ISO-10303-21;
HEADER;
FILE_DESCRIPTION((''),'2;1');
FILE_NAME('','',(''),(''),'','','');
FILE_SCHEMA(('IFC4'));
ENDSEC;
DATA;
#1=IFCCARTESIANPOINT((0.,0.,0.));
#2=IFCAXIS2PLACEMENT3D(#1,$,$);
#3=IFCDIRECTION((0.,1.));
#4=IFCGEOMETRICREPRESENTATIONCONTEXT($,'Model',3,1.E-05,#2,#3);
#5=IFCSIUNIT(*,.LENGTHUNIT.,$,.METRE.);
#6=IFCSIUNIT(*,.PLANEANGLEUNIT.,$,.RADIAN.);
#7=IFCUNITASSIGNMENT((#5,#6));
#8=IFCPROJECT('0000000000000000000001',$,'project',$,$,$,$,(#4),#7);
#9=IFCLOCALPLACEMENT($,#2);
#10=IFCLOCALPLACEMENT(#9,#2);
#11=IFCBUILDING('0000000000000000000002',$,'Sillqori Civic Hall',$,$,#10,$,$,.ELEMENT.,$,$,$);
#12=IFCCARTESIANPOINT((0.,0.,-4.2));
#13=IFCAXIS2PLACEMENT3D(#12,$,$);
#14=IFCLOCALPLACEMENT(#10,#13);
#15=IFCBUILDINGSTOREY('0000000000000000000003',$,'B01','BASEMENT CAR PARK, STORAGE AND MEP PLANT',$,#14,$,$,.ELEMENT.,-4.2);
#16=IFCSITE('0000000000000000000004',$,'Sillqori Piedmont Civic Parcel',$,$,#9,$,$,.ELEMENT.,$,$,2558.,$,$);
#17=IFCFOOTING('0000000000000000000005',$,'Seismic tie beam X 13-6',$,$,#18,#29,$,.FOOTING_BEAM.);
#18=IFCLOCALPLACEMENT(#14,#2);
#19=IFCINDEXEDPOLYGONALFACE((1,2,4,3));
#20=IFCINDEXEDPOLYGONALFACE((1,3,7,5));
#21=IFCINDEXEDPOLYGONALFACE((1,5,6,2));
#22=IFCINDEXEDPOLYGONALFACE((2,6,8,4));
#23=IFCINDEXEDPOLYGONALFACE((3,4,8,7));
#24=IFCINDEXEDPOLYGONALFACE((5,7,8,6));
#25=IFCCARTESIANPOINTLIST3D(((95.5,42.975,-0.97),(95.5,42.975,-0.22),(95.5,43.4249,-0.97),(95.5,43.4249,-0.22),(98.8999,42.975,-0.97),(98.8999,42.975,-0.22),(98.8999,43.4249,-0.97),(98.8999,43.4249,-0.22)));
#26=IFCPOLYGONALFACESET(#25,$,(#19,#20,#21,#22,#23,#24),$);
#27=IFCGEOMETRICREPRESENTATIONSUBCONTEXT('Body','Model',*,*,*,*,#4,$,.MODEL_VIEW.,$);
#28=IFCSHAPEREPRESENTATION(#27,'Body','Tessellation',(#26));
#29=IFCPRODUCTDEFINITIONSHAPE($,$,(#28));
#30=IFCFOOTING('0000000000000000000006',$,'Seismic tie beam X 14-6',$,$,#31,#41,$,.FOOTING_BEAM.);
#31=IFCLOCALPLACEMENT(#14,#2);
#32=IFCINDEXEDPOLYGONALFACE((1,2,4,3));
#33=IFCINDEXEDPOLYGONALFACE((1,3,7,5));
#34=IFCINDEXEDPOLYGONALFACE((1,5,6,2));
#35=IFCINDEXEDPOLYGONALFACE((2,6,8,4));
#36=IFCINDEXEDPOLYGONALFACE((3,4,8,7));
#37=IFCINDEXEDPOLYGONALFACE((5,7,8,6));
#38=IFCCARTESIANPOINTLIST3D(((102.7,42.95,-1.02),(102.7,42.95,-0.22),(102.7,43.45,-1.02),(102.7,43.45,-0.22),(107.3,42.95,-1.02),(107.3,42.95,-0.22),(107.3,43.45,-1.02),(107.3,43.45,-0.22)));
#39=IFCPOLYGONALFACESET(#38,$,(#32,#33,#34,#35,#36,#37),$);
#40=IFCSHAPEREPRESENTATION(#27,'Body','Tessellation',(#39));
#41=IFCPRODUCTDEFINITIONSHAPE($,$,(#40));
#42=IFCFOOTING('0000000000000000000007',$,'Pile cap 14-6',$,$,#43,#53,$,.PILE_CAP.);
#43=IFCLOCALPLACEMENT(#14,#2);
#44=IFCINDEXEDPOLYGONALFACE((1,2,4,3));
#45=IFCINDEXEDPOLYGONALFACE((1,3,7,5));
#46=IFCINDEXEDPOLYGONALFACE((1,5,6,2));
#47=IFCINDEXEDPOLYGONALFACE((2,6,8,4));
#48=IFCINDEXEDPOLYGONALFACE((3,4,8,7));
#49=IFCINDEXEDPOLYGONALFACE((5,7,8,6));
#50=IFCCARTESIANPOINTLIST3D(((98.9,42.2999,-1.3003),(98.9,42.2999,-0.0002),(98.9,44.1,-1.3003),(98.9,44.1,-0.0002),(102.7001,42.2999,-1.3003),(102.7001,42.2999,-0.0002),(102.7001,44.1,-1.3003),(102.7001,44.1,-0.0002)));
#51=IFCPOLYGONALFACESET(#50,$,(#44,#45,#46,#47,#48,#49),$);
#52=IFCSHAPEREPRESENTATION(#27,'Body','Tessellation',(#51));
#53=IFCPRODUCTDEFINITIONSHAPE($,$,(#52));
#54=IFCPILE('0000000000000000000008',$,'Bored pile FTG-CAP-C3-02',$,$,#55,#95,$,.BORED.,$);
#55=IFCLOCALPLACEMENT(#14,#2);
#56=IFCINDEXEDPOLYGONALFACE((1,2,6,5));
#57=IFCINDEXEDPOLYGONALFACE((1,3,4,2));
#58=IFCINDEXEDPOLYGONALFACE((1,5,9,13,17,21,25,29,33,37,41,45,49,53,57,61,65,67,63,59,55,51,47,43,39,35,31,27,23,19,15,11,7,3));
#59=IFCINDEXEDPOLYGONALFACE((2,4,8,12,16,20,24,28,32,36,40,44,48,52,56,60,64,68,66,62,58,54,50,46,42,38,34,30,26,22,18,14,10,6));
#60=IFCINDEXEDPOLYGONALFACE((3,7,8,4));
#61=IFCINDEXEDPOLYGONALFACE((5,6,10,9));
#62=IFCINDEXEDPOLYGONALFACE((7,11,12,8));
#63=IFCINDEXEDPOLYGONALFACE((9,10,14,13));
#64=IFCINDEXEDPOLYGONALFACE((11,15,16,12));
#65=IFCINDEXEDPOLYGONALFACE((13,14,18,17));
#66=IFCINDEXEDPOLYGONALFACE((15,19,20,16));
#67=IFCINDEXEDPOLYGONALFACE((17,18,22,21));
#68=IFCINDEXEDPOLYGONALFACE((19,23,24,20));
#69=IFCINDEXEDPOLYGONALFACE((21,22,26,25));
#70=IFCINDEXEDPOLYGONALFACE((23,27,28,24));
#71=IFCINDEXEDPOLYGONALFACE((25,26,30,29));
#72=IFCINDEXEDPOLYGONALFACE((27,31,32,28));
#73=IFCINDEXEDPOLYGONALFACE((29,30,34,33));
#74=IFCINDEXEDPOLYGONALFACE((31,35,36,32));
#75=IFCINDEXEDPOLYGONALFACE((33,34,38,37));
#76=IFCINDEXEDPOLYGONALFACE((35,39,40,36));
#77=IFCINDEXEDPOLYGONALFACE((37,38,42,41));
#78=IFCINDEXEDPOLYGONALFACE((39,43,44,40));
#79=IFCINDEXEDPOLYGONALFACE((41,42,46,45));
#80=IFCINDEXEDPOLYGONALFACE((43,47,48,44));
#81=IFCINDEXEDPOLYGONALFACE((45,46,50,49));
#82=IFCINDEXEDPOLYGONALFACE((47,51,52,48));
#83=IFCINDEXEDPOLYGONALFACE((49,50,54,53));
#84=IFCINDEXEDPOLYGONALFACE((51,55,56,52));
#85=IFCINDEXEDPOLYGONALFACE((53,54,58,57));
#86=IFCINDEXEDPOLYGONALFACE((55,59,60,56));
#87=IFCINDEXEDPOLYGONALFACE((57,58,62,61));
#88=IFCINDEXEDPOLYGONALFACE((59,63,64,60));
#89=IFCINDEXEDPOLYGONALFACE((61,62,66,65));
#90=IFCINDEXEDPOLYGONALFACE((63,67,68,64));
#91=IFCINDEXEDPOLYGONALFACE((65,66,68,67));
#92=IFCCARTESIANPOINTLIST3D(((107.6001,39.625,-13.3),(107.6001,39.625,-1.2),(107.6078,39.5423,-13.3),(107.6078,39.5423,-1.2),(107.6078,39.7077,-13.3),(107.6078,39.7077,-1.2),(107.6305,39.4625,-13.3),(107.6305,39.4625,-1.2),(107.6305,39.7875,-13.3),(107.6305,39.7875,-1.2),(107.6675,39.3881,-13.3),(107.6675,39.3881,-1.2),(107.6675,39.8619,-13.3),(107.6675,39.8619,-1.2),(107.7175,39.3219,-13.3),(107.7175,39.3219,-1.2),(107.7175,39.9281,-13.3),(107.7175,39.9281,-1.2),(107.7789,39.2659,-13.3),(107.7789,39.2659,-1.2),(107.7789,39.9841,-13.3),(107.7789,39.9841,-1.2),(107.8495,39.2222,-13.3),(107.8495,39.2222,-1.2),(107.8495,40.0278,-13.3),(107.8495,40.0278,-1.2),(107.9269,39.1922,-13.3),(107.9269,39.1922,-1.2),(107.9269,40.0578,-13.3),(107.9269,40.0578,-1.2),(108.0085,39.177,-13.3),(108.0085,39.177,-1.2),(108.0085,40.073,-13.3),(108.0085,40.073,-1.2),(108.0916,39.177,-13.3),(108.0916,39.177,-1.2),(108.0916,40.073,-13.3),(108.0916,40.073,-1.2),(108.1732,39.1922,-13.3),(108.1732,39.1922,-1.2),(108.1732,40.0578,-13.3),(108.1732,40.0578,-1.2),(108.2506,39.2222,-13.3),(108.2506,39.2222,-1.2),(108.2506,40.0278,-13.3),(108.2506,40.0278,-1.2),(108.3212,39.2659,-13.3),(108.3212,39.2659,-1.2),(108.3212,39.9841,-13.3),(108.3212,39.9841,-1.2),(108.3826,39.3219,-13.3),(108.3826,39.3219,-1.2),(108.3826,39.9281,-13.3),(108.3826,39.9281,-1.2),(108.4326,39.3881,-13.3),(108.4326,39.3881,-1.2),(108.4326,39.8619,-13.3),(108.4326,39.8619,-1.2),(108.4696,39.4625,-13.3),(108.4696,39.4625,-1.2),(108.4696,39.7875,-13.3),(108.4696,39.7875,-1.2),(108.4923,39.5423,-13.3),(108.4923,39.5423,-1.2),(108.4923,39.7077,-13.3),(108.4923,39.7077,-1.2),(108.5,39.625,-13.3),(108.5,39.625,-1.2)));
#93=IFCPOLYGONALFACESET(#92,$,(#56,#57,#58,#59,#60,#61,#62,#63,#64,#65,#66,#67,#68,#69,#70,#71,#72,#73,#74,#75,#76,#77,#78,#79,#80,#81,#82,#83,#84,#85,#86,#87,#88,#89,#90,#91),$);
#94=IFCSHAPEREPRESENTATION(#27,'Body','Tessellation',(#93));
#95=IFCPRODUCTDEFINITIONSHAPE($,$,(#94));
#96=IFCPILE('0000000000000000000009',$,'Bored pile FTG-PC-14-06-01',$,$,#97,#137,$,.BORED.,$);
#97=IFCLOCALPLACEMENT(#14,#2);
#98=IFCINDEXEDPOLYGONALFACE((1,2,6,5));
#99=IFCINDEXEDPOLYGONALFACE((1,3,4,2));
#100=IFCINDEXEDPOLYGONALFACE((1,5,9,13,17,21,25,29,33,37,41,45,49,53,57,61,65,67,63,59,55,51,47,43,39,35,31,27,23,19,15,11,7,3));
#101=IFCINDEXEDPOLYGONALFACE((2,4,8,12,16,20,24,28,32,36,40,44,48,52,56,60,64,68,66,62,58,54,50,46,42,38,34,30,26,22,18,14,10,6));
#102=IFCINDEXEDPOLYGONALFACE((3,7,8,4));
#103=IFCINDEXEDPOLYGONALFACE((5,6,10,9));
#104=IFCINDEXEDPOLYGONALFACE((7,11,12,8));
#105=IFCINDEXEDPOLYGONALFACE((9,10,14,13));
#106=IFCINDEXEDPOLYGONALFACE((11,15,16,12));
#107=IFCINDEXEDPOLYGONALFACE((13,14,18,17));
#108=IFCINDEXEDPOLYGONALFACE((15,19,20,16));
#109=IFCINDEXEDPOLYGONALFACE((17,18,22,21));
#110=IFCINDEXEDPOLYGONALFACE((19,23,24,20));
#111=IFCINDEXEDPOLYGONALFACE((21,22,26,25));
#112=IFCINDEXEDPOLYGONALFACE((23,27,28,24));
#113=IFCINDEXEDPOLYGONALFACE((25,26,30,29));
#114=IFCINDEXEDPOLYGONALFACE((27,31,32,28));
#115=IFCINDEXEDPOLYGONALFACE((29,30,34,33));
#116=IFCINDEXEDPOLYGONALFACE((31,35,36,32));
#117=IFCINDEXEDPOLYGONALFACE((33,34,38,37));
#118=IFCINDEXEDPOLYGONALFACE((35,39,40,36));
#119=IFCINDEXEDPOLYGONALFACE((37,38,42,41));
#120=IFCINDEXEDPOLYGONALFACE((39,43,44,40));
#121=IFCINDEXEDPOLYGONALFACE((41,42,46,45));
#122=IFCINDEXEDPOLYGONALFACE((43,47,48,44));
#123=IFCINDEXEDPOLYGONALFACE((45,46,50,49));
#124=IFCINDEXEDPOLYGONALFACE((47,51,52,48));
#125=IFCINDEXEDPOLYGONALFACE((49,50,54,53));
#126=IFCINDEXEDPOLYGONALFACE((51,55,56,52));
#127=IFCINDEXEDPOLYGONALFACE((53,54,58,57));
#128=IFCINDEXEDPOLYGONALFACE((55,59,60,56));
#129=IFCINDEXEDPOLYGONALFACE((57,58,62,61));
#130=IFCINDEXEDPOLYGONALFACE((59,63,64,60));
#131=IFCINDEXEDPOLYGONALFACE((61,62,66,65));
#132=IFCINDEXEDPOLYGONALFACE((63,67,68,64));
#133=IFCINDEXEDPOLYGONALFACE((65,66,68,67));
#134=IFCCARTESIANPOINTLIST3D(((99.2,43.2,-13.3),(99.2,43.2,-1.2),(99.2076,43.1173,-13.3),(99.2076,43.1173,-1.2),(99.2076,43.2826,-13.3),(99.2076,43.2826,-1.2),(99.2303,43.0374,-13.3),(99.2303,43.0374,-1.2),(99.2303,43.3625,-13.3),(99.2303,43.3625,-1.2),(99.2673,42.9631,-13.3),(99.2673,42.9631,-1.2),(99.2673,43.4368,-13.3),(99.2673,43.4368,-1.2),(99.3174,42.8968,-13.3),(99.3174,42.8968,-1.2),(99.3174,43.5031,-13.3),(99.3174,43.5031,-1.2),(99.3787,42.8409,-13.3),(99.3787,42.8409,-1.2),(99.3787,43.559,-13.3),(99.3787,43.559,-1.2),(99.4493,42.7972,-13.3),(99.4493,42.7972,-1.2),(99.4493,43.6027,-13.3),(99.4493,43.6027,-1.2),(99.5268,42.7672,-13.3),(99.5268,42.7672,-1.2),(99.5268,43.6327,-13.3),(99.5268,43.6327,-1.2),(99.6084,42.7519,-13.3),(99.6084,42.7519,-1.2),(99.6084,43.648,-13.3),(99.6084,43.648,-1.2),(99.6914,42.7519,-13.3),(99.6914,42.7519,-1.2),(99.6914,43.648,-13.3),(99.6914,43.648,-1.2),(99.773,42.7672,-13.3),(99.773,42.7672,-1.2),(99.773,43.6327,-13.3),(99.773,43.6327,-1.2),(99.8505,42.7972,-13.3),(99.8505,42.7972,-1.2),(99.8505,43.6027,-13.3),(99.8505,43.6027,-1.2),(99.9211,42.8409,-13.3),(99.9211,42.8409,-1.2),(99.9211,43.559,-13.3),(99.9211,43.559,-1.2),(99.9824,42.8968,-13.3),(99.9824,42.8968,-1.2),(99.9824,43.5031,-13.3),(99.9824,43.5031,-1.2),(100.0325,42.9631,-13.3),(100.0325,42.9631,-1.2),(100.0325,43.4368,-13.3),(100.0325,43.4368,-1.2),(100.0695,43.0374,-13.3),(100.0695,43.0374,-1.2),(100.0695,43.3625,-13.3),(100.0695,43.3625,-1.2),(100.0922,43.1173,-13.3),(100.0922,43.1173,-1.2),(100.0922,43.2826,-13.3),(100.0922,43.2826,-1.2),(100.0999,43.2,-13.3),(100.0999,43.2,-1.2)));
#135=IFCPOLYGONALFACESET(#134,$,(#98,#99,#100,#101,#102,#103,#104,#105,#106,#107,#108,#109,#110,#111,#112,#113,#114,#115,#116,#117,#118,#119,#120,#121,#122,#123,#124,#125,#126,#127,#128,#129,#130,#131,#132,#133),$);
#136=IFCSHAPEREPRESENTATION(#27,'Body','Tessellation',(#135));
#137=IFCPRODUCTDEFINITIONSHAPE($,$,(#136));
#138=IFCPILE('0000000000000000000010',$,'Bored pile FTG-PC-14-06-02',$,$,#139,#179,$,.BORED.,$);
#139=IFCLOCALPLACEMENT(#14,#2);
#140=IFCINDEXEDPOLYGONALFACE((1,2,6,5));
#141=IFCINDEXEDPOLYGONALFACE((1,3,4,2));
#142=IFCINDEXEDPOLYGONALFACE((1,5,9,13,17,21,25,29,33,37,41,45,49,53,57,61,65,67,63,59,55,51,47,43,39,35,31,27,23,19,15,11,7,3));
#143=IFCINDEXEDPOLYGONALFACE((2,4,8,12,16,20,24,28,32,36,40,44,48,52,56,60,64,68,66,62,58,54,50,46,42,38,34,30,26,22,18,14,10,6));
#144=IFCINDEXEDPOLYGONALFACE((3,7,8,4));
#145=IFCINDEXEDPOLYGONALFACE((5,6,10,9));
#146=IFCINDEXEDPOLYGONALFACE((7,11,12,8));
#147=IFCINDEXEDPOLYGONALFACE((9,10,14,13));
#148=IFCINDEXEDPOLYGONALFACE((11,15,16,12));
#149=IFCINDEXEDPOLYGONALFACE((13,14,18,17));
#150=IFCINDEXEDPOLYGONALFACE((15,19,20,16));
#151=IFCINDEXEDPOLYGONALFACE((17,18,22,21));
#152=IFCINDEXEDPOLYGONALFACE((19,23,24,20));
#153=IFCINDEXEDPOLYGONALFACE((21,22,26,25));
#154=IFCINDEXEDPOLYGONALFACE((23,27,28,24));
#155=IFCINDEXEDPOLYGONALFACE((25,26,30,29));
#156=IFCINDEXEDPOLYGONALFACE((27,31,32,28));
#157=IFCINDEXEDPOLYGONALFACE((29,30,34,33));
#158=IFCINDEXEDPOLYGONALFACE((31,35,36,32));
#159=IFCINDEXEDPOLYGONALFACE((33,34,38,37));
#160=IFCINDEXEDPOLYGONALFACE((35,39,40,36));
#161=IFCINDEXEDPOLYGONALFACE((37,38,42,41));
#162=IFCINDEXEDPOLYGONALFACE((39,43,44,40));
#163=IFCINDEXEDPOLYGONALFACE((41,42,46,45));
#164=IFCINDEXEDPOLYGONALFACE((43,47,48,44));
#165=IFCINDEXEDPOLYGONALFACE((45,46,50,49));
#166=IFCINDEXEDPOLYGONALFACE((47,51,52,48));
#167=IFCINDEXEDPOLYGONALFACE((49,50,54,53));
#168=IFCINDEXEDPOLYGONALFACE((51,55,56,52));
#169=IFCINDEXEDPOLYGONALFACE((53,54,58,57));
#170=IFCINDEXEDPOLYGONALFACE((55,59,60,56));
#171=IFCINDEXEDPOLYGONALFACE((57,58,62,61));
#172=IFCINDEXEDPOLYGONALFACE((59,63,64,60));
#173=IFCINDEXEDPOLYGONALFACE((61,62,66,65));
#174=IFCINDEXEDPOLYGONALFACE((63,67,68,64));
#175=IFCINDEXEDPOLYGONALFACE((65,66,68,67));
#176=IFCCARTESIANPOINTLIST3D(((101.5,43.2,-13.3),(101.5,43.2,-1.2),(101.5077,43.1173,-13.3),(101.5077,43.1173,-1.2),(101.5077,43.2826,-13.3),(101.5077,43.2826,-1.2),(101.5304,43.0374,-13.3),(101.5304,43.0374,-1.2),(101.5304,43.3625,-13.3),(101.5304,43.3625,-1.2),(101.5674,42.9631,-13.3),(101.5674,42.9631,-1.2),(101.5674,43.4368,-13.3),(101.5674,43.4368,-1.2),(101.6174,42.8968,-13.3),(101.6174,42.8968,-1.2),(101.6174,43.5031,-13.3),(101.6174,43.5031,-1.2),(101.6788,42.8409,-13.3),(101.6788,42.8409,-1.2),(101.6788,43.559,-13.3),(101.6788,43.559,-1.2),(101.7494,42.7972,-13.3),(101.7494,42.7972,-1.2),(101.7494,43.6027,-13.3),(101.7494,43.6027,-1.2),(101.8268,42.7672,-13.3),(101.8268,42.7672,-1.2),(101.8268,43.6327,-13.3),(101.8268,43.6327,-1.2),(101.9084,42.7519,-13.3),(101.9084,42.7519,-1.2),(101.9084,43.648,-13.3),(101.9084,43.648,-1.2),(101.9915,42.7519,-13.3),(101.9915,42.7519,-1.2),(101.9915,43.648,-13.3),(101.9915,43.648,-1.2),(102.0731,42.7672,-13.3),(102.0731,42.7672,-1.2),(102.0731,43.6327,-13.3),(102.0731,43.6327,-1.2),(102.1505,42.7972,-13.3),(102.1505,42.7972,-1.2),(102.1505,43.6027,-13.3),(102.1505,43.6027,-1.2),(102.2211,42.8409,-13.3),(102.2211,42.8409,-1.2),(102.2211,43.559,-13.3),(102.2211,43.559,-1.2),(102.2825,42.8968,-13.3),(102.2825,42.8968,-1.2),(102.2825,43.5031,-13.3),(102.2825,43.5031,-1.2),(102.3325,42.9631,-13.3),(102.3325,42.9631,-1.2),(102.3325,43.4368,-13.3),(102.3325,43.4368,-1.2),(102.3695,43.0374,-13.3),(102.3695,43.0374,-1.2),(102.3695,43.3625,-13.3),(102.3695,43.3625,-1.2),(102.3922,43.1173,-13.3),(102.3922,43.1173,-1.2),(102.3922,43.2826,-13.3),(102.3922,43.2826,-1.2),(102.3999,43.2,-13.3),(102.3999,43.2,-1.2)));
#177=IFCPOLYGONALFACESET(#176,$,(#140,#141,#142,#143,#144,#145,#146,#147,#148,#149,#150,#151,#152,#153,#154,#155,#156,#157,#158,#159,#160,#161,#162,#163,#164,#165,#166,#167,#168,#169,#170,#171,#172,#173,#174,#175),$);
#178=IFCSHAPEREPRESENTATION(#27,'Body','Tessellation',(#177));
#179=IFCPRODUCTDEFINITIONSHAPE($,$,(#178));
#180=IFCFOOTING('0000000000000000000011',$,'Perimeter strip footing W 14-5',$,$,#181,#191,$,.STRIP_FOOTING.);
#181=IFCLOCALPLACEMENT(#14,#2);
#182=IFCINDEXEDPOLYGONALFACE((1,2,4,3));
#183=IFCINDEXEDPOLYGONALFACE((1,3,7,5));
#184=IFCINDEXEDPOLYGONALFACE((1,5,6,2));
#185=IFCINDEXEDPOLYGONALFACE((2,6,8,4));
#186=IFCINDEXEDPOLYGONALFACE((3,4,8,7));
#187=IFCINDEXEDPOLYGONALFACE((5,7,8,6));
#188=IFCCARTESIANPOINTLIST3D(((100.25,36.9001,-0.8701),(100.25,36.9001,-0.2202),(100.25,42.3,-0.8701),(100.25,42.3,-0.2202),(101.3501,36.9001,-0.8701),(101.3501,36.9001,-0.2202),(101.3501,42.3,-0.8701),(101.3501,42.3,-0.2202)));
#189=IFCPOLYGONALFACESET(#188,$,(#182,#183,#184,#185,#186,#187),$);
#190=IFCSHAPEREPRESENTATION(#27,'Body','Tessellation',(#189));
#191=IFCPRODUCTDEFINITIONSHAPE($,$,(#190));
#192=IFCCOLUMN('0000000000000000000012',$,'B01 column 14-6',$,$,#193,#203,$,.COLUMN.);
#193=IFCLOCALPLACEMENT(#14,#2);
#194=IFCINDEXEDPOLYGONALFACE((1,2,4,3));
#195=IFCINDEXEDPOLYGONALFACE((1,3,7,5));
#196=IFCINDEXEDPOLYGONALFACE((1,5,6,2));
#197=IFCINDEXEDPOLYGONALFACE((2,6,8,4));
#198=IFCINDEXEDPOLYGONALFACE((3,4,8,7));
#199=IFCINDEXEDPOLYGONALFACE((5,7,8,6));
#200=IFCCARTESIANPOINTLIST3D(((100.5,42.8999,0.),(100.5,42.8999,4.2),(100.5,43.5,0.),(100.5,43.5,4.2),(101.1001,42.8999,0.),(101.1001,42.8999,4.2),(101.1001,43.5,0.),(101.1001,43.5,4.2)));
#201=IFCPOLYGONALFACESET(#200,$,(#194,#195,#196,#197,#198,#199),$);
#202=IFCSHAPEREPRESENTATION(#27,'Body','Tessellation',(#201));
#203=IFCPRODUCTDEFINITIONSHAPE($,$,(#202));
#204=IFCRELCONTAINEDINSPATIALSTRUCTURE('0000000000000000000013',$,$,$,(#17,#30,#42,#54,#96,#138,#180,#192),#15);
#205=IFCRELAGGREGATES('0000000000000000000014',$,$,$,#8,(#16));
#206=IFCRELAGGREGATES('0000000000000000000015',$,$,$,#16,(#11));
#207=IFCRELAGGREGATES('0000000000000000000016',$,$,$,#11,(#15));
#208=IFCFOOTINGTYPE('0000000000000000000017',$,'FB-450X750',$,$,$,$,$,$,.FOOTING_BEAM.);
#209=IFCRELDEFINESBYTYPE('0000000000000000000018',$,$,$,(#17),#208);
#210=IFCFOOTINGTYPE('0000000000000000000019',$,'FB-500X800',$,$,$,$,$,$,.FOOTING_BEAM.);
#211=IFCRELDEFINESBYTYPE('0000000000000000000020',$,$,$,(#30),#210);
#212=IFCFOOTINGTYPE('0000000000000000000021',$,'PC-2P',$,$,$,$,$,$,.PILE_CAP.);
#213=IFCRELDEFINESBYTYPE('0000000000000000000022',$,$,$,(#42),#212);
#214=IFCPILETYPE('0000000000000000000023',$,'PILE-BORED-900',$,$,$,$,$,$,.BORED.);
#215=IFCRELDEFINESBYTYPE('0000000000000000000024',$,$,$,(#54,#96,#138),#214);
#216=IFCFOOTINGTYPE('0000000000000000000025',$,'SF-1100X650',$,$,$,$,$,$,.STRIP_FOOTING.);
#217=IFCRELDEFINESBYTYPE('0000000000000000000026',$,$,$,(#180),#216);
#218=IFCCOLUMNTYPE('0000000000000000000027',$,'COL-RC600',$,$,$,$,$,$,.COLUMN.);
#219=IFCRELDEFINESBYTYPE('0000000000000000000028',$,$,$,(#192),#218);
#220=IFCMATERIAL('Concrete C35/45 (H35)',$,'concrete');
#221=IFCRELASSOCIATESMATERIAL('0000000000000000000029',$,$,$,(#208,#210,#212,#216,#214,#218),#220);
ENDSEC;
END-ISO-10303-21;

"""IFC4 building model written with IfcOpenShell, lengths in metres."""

from ifc_helpers import new_model, si_unit, direction, frame, origin, origin_2d, place, context, subcontext, project, spatial, rectangle, circle, extrude, material, material_profile, profile_set, type_object, element, save


model = new_model("IFC4")

# Units and contexts
model_context = context("Model", 3, precision=1e-05, world=origin(), true_north=direction((0.0, 1.0)))
body_context = subcontext(model_context, "Body", "Model", "MODEL_VIEW")
ifc_project = project(units=[si_unit("LENGTHUNIT", "METRE"), si_unit("PLANEANGLEUNIT", "RADIAN")], contexts=[model_context])

# Site, building, storey
site_placement = place(None, origin())
site = spatial("IfcSite", under=ifc_project, at=site_placement, Name="Sillqori Piedmont Civic Parcel", CompositionType="ELEMENT", RefElevation=2558.0)
building_placement = place(site_placement, origin())
building = spatial("IfcBuilding", under=site, at=building_placement, Name="Sillqori Civic Hall", CompositionType="ELEMENT")
storey_placement = place(building_placement, frame((0.0, 0.0, -4.2)))
storey = spatial("IfcBuildingStorey", under=building, at=storey_placement, Name="B01", Description="BASEMENT CAR PARK, STORAGE AND MEP PLANT", CompositionType="ELEMENT", Elevation=-4.2)

# Footings
ifc_material_1 = material(Name="Concrete C35/45 (H35)", Category="concrete")
footing_type_1 = type_object("IfcFootingType", Name="FB-450X750", PredefinedType="FOOTING_BEAM", material=ifc_material_1)
footing_1_placement = place(storey_placement, frame((97.2, 43.2, -0.97), z_axis=(0.0, 0.0, 1.0), x_axis=(1.0, 0.0, 0.0)))
element("IfcFooting", 1, at=footing_1_placement, inside=storey, type_object=footing_type_1, Name="Seismic tie beam X 13-6", PredefinedType="FOOTING_BEAM", context=body_context, shape_type="SweptSolid", body=[
    extrude(rectangle(XDim=3.3999, YDim=0.45, at=origin_2d()), origin(), (0.0, 0.0, 1.0), 0.75),
])
footing_type_2 = type_object("IfcFootingType", Name="FB-500X800", PredefinedType="FOOTING_BEAM", material=ifc_material_1)
footing_2_placement = place(storey_placement, frame((105.0, 43.2, -1.02), z_axis=(0.0, 0.0, 1.0), x_axis=(1.0, 0.0, 0.0)))
element("IfcFooting", 2, at=footing_2_placement, inside=storey, type_object=footing_type_2, Name="Seismic tie beam X 14-6", PredefinedType="FOOTING_BEAM", context=body_context, shape_type="SweptSolid", body=[
    extrude(rectangle(XDim=4.6001, YDim=0.5, at=origin_2d()), origin(), (0.0, 0.0, 1.0), 0.8),
])
footing_type_3 = type_object("IfcFootingType", Name="PC-2P", PredefinedType="PILE_CAP", material=ifc_material_1)
footing_3_placement = place(storey_placement, frame((100.8, 43.2, -1.3003), z_axis=(0.0, 0.0, 1.0), x_axis=(1.0, 0.0, 0.0)))
element("IfcFooting", 3, at=footing_3_placement, inside=storey, type_object=footing_type_3, Name="Pile cap 14-6", PredefinedType="PILE_CAP", context=body_context, shape_type="SweptSolid", body=[
    extrude(rectangle(XDim=3.8, YDim=1.8, at=origin_2d()), origin(), (0.0, 0.0, 1.0), 1.3),
])

# Piles
ifc_material_profile_1 = material_profile(ifc_material_1, circle(Radius=0.45, at=origin_2d()), Name="BORED PILE 900")
ifc_profile_set_1 = profile_set([ifc_material_profile_1], Name="Concrete C35/45 (H35)")
pile_type = type_object("IfcPileType", Name="PILE-BORED-900", PredefinedType="BORED", material=ifc_profile_set_1)
for number, where, z_axis, x_axis, name in (
    (4, (108.05, 39.625, -1.2), (0.0, 0.0, -1.0), (1.0, 0.0, 0.0), "Bored pile FTG-CAP-C3-02"),
    (5, (99.6499, 43.2, -1.2), (0.0, 0.0, -1.0), (1.0, 0.0, 0.0), "Bored pile FTG-PC-14-06-01"),
    (6, (101.95, 43.2, -1.2), (0.0, 0.0, -1.0), (1.0, 0.0, 0.0), "Bored pile FTG-PC-14-06-02"),
):
    element("IfcPile", number, at=place(storey_placement, frame(where, z_axis=z_axis, x_axis=x_axis)), inside=storey, type_object=pile_type, Name=name, PredefinedType="BORED", context=body_context, shape_type="SweptSolid", body=[
        extrude(circle(Radius=0.45, at=origin_2d()), origin(), (0.0, 0.0, 1.0), 12.1001),
    ])

# Footing
footing_type_4 = type_object("IfcFootingType", Name="SF-1100X650", PredefinedType="STRIP_FOOTING", material=ifc_material_1)
footing_4_placement = place(storey_placement, frame((100.8, 39.6001, -0.8701), z_axis=(0.0, 0.0, 1.0), x_axis=(1.0, 0.0, 0.0)))
element("IfcFooting", 7, at=footing_4_placement, inside=storey, type_object=footing_type_4, Name="Perimeter strip footing W 14-5", PredefinedType="STRIP_FOOTING", context=body_context, shape_type="SweptSolid", body=[
    extrude(rectangle(XDim=1.1001, YDim=5.3999, at=origin_2d()), origin(), (0.0, 0.0, 1.0), 0.6499),
])

# Column
ifc_material_profile_2 = material_profile(ifc_material_1, rectangle(XDim=0.6001, YDim=0.6001, at=origin_2d()), Name="RC 600x600")
ifc_profile_set_2 = profile_set([ifc_material_profile_2], Name="Concrete C35/45 (H35)")
column_type = type_object("IfcColumnType", Name="COL-RC600", PredefinedType="COLUMN", material=ifc_profile_set_2)
for number, where, z_axis, x_axis, name in (
    (8, (100.8, 43.2, 0.0), (0.0, 0.0, 1.0), (1.0, 0.0, 0.0), "B01 column 14-6"),
):
    element("IfcColumn", number, at=place(storey_placement, frame(where, z_axis=z_axis, x_axis=x_axis)), inside=storey, type_object=column_type, Name=name, PredefinedType="COLUMN", context=body_context, shape_type="SweptSolid", body=[
        extrude(rectangle(XDim=0.6001, YDim=0.6001, at=origin_2d()), origin(), (0.0, 0.0, 1.0), 4.2),
    ])

save(model, "model.ifc")
